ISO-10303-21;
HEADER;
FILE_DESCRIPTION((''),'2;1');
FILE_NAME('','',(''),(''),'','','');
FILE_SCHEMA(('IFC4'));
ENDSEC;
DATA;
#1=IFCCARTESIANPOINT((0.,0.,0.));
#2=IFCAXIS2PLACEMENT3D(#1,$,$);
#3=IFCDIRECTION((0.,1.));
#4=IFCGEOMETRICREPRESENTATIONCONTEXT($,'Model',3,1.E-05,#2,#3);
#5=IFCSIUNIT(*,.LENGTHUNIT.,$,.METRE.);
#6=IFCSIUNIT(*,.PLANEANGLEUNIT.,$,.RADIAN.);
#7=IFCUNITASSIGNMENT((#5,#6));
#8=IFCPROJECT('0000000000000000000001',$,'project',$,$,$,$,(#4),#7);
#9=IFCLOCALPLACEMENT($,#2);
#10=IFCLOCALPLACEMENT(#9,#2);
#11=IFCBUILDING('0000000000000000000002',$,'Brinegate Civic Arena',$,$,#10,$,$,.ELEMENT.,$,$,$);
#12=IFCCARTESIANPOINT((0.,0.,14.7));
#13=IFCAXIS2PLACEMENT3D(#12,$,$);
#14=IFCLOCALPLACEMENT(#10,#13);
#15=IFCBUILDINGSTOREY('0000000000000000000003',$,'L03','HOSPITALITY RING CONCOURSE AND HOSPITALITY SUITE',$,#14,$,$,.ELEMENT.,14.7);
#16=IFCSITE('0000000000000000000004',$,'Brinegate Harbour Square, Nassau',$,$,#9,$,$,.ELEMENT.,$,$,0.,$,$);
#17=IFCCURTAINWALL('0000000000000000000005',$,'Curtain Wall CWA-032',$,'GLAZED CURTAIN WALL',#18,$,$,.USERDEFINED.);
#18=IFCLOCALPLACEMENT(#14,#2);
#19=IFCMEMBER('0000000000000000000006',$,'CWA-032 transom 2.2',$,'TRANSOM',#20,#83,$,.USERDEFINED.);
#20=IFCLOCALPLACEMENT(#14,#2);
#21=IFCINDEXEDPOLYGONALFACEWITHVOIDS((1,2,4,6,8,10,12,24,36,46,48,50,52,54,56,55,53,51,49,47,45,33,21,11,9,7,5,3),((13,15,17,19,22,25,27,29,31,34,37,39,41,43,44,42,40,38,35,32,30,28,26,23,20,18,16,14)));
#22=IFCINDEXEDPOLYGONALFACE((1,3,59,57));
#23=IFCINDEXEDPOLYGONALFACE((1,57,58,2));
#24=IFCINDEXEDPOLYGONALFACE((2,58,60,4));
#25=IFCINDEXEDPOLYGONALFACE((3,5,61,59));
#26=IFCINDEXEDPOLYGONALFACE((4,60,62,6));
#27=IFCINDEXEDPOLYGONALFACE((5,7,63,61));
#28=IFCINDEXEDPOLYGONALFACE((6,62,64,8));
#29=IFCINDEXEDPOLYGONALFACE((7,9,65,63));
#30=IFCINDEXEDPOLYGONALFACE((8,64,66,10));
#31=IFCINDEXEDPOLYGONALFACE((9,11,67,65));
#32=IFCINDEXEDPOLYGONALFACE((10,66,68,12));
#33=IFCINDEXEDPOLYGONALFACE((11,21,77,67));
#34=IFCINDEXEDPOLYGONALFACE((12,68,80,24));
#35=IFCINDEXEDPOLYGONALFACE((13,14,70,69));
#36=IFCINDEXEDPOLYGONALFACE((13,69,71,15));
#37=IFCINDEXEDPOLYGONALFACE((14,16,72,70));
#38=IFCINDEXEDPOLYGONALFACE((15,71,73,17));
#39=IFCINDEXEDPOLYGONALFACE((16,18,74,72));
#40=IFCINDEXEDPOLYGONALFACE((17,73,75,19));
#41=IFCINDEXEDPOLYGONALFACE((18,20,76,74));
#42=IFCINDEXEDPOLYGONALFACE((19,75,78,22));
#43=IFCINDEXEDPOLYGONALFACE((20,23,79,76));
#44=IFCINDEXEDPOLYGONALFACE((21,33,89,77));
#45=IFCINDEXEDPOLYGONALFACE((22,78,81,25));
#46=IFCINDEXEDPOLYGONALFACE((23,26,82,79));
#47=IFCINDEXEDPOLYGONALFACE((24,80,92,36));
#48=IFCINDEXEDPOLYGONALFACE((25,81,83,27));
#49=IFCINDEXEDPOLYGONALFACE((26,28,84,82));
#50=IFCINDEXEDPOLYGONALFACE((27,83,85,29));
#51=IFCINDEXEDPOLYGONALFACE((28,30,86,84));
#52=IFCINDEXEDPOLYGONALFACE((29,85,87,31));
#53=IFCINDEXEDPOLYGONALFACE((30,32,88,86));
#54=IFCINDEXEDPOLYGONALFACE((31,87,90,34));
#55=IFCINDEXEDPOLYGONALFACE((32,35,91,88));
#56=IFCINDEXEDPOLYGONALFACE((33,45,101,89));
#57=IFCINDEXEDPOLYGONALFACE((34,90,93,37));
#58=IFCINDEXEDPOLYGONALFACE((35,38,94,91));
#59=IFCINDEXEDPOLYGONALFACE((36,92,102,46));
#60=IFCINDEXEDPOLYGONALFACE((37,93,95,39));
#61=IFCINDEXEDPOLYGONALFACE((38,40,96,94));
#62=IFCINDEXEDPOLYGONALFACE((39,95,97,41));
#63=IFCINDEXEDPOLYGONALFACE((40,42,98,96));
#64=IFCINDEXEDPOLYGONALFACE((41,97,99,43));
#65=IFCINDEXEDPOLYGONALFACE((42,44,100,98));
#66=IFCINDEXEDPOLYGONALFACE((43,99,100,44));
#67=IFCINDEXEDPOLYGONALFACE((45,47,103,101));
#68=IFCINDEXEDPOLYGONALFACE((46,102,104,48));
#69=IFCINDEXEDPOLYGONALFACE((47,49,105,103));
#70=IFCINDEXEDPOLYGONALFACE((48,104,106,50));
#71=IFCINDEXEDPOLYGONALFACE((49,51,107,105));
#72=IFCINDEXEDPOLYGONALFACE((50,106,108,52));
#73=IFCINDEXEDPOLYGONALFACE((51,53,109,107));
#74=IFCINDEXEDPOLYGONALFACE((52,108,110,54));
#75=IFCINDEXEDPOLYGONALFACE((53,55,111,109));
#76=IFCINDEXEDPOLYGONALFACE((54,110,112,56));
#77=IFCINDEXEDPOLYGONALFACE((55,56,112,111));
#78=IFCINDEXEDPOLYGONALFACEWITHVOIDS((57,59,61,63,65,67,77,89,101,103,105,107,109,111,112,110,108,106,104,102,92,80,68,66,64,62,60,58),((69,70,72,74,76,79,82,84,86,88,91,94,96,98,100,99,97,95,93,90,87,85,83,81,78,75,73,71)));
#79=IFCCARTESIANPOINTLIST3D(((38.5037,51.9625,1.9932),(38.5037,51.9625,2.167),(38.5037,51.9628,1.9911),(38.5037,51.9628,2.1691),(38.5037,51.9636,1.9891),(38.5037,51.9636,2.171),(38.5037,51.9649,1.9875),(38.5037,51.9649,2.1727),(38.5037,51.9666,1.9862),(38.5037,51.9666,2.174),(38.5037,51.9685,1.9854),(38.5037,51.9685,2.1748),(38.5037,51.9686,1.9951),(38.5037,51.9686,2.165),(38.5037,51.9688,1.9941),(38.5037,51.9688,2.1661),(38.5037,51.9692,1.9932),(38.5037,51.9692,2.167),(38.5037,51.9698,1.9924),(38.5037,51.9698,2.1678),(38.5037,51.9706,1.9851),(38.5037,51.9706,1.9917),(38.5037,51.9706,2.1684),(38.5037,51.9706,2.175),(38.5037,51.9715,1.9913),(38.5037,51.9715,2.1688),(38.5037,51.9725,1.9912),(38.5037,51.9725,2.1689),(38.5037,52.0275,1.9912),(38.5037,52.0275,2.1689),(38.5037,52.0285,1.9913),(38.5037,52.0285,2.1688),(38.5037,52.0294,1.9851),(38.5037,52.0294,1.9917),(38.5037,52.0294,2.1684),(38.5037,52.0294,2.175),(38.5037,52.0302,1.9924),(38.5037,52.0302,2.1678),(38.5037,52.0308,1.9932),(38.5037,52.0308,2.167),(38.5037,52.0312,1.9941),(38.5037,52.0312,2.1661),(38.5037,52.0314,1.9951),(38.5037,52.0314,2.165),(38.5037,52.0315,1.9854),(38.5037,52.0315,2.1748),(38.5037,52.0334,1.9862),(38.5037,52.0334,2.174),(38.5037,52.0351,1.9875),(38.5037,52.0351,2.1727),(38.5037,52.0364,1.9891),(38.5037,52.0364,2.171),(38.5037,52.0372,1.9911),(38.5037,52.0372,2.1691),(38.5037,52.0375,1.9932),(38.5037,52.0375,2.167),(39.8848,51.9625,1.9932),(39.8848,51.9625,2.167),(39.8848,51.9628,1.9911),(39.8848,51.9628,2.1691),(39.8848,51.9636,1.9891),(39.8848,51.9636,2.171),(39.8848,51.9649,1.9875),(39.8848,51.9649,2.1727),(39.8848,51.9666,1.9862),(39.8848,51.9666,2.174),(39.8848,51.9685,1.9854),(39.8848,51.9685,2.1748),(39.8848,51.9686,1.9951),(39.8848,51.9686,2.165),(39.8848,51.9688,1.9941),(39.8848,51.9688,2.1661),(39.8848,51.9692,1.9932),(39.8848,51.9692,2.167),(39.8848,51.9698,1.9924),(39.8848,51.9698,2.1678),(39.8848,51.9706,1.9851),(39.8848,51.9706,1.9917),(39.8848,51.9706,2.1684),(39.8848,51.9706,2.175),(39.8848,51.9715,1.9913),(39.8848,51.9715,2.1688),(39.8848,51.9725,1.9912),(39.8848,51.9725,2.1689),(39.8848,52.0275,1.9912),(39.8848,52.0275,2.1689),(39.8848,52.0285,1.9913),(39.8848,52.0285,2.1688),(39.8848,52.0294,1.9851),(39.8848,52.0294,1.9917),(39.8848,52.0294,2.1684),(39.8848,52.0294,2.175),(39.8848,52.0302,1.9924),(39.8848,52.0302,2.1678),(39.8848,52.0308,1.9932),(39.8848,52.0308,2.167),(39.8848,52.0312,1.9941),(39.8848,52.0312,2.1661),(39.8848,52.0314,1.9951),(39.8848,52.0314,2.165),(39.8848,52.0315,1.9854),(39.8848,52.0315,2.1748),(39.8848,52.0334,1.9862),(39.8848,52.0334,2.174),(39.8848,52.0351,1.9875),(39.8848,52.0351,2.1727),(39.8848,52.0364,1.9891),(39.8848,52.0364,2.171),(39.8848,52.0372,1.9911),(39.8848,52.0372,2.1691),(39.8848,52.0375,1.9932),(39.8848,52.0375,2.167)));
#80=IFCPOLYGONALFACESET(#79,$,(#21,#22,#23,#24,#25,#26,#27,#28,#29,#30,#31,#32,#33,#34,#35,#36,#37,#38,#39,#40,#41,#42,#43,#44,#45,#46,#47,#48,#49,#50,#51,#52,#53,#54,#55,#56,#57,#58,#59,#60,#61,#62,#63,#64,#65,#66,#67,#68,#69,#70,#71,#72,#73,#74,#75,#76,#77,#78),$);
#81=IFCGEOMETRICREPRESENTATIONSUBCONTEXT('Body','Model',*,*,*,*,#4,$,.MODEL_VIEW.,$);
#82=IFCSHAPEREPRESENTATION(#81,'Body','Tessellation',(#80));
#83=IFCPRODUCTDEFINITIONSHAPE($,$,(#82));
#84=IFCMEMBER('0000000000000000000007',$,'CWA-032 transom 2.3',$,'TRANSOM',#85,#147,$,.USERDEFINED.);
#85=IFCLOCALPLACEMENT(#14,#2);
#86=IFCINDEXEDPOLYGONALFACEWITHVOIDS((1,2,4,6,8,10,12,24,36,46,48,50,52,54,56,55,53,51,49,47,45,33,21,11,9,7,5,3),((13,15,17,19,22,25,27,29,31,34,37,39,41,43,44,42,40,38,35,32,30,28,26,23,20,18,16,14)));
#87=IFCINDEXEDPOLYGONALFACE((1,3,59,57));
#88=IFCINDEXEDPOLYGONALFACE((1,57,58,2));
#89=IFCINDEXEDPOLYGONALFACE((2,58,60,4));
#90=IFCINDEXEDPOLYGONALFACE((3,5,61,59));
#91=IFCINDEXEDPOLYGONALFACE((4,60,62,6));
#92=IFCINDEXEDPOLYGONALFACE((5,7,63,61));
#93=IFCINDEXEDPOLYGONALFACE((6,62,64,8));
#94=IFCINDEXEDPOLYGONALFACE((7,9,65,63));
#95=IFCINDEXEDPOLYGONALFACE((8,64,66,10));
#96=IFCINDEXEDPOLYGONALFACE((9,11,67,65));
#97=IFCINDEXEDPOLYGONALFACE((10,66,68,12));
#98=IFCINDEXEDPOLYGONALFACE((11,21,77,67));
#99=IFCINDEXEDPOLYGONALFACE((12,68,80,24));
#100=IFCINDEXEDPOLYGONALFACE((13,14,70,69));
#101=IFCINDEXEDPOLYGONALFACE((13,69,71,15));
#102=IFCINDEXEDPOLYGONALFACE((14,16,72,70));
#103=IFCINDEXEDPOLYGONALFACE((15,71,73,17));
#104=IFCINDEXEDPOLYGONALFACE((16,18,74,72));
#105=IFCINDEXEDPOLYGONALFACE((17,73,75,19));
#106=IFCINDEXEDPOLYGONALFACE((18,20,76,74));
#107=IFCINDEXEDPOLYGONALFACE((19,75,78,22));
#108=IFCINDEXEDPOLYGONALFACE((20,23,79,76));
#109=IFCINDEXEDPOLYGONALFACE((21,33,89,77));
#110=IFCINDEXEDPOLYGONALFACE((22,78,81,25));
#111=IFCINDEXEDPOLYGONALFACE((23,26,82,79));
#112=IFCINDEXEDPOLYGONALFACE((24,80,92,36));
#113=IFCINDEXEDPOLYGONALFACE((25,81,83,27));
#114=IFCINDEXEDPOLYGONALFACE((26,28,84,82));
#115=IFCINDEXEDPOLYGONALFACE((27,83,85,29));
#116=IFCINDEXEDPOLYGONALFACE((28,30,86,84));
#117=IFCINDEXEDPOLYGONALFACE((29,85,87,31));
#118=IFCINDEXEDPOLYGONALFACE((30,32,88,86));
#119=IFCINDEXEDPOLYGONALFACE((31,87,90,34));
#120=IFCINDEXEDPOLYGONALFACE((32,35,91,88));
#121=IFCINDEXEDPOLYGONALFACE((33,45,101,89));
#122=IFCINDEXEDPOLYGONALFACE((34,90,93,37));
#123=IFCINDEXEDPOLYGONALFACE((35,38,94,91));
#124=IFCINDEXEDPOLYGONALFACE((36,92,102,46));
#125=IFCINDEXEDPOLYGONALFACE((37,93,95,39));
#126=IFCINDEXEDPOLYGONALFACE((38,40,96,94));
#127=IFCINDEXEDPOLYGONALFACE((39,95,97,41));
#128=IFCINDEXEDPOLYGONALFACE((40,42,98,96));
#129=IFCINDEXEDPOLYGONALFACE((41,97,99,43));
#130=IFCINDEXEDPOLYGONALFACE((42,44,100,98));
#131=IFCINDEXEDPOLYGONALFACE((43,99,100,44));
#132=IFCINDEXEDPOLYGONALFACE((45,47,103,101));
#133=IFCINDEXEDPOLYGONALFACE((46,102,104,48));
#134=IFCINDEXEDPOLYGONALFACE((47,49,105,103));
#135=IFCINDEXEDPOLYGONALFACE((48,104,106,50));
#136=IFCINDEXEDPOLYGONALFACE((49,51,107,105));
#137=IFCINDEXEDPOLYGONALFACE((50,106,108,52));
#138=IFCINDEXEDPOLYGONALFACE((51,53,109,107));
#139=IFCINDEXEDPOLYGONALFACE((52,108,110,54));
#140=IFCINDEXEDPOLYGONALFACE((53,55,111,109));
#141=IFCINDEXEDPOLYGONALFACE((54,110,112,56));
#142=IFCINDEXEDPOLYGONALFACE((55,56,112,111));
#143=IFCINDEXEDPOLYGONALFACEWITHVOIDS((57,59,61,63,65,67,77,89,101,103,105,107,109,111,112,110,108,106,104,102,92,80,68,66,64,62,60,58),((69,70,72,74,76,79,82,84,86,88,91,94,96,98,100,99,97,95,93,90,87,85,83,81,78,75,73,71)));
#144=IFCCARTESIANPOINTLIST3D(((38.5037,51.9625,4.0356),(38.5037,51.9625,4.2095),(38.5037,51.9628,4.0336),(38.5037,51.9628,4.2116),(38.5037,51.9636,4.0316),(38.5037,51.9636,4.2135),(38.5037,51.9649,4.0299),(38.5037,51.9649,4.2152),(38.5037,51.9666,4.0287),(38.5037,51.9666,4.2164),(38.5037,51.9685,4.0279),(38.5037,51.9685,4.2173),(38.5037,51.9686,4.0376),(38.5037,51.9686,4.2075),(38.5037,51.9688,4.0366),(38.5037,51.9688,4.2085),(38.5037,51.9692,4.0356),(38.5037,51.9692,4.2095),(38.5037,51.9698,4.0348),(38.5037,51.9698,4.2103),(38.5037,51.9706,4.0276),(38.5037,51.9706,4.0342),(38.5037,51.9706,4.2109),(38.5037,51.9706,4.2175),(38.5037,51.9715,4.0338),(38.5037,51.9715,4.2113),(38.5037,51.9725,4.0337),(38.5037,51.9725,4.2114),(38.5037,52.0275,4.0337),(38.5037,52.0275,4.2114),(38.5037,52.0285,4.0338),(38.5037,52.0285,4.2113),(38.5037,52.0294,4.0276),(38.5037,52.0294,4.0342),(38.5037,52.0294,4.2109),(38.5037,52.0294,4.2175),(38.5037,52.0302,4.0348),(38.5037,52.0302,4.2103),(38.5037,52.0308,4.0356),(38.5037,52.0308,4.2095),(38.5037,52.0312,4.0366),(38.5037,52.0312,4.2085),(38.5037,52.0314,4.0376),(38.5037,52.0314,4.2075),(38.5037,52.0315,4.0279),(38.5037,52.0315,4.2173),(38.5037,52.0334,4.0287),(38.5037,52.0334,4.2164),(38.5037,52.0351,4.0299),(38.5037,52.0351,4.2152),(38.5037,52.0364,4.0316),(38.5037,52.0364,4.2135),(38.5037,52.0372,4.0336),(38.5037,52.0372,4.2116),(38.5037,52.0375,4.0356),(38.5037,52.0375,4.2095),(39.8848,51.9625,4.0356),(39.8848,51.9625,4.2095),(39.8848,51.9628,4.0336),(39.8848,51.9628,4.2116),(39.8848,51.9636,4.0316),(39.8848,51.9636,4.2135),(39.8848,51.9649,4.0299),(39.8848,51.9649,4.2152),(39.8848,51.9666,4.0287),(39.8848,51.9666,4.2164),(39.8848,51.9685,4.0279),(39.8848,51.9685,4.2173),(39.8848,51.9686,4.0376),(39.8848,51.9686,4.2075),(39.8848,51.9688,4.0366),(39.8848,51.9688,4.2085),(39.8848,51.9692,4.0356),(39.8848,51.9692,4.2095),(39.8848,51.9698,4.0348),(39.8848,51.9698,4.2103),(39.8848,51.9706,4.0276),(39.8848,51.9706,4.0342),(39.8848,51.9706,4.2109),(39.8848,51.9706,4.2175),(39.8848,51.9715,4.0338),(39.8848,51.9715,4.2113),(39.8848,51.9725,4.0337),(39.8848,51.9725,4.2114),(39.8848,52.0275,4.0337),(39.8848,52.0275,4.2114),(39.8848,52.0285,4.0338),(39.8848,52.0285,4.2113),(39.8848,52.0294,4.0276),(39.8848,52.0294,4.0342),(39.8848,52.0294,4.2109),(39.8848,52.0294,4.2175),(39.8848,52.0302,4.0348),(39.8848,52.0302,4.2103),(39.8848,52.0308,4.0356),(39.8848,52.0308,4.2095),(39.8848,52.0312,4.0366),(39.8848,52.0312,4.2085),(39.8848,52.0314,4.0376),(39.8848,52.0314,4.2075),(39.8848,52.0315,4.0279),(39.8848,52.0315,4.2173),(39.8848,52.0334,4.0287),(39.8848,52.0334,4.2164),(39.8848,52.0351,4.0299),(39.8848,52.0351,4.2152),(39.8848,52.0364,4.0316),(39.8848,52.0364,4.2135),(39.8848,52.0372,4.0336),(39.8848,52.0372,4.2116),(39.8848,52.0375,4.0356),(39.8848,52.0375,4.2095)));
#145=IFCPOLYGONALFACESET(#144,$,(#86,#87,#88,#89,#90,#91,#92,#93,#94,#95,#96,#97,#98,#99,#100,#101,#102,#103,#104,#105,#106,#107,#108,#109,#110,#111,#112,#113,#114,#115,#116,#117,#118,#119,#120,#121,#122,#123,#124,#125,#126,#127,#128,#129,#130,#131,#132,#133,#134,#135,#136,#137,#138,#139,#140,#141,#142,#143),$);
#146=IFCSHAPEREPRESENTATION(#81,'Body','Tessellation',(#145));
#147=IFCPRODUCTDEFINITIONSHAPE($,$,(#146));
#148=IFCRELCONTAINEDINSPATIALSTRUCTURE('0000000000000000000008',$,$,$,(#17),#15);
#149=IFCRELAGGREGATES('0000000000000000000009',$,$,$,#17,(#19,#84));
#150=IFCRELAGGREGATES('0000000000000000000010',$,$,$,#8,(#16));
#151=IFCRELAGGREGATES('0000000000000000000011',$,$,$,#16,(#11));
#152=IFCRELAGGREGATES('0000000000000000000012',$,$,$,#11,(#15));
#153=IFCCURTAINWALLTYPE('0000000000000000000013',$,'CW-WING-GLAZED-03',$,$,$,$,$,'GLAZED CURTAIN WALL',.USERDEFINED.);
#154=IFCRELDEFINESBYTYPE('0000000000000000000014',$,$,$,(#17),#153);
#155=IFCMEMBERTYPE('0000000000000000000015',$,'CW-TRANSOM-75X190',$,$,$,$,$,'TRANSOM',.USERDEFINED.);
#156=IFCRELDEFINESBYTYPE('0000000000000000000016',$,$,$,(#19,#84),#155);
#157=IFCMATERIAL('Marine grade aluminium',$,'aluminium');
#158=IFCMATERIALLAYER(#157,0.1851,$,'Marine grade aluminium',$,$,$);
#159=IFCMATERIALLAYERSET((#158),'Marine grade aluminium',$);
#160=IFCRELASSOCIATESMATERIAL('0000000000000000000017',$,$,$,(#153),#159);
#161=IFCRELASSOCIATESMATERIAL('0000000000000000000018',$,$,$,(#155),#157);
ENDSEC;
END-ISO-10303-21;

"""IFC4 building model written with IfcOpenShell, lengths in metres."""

from ifc_helpers import new_model, si_unit, direction, frame, origin, origin_2d, place, context, subcontext, project, spatial, hollow_rectangle, extrude, material, layer, layer_set, material_profile, profile_set, type_object, element, aggregate, save


model = new_model("IFC4")

# Units and contexts
model_context = context("Model", 3, precision=1e-05, world=origin(), true_north=direction((0.0, 1.0)))
body_context = subcontext(model_context, "Body", "Model", "MODEL_VIEW")
ifc_project = project(units=[si_unit("LENGTHUNIT", "METRE"), si_unit("PLANEANGLEUNIT", "RADIAN")], contexts=[model_context])

# Site, building, storey
site_placement = place(None, origin())
site = spatial("IfcSite", under=ifc_project, at=site_placement, Name="Brinegate Harbour Square, Nassau", CompositionType="ELEMENT", RefElevation=0.0)
building_placement = place(site_placement, origin())
building = spatial("IfcBuilding", under=site, at=building_placement, Name="Brinegate Civic Arena", CompositionType="ELEMENT")
storey_placement = place(building_placement, frame((0.0, 0.0, 14.7)))
storey = spatial("IfcBuildingStorey", under=building, at=storey_placement, Name="L03", Description="HOSPITALITY RING CONCOURSE AND HOSPITALITY SUITE", CompositionType="ELEMENT", Elevation=14.7)

# Curtain wall, members
ifc_material_1 = material(Name="Marine grade aluminium", Category="aluminium")
ifc_layer_1 = layer(ifc_material_1, 0.1851, Name="Marine grade aluminium")
ifc_layer_set_1 = layer_set([ifc_layer_1], Name="Marine grade aluminium")
curtain_wall_type = type_object("IfcCurtainWallType", Name="CW-WING-GLAZED-03", ElementType="GLAZED CURTAIN WALL", PredefinedType="USERDEFINED", material=ifc_layer_set_1)
curtain_wall_placement = place(storey_placement, origin())
curtain_wall = element("IfcCurtainWall", 1, at=curtain_wall_placement, inside=storey, type_object=curtain_wall_type, Name="Curtain Wall CWA-032", ObjectType="GLAZED CURTAIN WALL", PredefinedType="USERDEFINED")
ifc_material_profile_1 = material_profile(ifc_material_1, hollow_rectangle(XDim=0.075, YDim=0.1899, WallThickness=0.0061, InnerFilletRadius=0.0039, OuterFilletRadius=0.0081, at=origin_2d()), Name="TRN75X190")
ifc_profile_set_1 = profile_set([ifc_material_profile_1], Name="Marine grade aluminium")
member_type_1 = type_object("IfcMemberType", Name="CW-TRANSOM-75X190", ElementType="TRANSOM", PredefinedType="USERDEFINED", material=ifc_profile_set_1)
member_1_placement = place(storey_placement, frame((38.5037, 52.0, 2.0801), z_axis=(1.0, 0.0, 0.0), x_axis=(0.0, 1.0, 0.0)))
member_1 = element("IfcMember", 2, at=member_1_placement, type_object=member_type_1, Name="CWA-032 transom 2.2", ObjectType="TRANSOM", PredefinedType="USERDEFINED", context=body_context, shape_type="SweptSolid", body=[
    extrude(hollow_rectangle(XDim=0.075, YDim=0.1899, WallThickness=0.0061, InnerFilletRadius=0.0039, OuterFilletRadius=0.0081, at=origin_2d()), origin(), (0.0, 0.0, 1.0), 1.3811),
])
member_2_placement = place(storey_placement, frame((38.5037, 52.0, 4.1226), z_axis=(1.0, 0.0, 0.0), x_axis=(0.0, 1.0, 0.0)))
member_2 = element("IfcMember", 3, at=member_2_placement, type_object=member_type_1, Name="CWA-032 transom 2.3", ObjectType="TRANSOM", PredefinedType="USERDEFINED", context=body_context, shape_type="SweptSolid", body=[
    extrude(hollow_rectangle(XDim=0.075, YDim=0.1899, WallThickness=0.0061, InnerFilletRadius=0.0039, OuterFilletRadius=0.0081, at=origin_2d()), origin(), (0.0, 0.0, 1.0), 1.3811),
])
aggregate(curtain_wall, [member_1, member_2])

save(model, "model.ifc")
